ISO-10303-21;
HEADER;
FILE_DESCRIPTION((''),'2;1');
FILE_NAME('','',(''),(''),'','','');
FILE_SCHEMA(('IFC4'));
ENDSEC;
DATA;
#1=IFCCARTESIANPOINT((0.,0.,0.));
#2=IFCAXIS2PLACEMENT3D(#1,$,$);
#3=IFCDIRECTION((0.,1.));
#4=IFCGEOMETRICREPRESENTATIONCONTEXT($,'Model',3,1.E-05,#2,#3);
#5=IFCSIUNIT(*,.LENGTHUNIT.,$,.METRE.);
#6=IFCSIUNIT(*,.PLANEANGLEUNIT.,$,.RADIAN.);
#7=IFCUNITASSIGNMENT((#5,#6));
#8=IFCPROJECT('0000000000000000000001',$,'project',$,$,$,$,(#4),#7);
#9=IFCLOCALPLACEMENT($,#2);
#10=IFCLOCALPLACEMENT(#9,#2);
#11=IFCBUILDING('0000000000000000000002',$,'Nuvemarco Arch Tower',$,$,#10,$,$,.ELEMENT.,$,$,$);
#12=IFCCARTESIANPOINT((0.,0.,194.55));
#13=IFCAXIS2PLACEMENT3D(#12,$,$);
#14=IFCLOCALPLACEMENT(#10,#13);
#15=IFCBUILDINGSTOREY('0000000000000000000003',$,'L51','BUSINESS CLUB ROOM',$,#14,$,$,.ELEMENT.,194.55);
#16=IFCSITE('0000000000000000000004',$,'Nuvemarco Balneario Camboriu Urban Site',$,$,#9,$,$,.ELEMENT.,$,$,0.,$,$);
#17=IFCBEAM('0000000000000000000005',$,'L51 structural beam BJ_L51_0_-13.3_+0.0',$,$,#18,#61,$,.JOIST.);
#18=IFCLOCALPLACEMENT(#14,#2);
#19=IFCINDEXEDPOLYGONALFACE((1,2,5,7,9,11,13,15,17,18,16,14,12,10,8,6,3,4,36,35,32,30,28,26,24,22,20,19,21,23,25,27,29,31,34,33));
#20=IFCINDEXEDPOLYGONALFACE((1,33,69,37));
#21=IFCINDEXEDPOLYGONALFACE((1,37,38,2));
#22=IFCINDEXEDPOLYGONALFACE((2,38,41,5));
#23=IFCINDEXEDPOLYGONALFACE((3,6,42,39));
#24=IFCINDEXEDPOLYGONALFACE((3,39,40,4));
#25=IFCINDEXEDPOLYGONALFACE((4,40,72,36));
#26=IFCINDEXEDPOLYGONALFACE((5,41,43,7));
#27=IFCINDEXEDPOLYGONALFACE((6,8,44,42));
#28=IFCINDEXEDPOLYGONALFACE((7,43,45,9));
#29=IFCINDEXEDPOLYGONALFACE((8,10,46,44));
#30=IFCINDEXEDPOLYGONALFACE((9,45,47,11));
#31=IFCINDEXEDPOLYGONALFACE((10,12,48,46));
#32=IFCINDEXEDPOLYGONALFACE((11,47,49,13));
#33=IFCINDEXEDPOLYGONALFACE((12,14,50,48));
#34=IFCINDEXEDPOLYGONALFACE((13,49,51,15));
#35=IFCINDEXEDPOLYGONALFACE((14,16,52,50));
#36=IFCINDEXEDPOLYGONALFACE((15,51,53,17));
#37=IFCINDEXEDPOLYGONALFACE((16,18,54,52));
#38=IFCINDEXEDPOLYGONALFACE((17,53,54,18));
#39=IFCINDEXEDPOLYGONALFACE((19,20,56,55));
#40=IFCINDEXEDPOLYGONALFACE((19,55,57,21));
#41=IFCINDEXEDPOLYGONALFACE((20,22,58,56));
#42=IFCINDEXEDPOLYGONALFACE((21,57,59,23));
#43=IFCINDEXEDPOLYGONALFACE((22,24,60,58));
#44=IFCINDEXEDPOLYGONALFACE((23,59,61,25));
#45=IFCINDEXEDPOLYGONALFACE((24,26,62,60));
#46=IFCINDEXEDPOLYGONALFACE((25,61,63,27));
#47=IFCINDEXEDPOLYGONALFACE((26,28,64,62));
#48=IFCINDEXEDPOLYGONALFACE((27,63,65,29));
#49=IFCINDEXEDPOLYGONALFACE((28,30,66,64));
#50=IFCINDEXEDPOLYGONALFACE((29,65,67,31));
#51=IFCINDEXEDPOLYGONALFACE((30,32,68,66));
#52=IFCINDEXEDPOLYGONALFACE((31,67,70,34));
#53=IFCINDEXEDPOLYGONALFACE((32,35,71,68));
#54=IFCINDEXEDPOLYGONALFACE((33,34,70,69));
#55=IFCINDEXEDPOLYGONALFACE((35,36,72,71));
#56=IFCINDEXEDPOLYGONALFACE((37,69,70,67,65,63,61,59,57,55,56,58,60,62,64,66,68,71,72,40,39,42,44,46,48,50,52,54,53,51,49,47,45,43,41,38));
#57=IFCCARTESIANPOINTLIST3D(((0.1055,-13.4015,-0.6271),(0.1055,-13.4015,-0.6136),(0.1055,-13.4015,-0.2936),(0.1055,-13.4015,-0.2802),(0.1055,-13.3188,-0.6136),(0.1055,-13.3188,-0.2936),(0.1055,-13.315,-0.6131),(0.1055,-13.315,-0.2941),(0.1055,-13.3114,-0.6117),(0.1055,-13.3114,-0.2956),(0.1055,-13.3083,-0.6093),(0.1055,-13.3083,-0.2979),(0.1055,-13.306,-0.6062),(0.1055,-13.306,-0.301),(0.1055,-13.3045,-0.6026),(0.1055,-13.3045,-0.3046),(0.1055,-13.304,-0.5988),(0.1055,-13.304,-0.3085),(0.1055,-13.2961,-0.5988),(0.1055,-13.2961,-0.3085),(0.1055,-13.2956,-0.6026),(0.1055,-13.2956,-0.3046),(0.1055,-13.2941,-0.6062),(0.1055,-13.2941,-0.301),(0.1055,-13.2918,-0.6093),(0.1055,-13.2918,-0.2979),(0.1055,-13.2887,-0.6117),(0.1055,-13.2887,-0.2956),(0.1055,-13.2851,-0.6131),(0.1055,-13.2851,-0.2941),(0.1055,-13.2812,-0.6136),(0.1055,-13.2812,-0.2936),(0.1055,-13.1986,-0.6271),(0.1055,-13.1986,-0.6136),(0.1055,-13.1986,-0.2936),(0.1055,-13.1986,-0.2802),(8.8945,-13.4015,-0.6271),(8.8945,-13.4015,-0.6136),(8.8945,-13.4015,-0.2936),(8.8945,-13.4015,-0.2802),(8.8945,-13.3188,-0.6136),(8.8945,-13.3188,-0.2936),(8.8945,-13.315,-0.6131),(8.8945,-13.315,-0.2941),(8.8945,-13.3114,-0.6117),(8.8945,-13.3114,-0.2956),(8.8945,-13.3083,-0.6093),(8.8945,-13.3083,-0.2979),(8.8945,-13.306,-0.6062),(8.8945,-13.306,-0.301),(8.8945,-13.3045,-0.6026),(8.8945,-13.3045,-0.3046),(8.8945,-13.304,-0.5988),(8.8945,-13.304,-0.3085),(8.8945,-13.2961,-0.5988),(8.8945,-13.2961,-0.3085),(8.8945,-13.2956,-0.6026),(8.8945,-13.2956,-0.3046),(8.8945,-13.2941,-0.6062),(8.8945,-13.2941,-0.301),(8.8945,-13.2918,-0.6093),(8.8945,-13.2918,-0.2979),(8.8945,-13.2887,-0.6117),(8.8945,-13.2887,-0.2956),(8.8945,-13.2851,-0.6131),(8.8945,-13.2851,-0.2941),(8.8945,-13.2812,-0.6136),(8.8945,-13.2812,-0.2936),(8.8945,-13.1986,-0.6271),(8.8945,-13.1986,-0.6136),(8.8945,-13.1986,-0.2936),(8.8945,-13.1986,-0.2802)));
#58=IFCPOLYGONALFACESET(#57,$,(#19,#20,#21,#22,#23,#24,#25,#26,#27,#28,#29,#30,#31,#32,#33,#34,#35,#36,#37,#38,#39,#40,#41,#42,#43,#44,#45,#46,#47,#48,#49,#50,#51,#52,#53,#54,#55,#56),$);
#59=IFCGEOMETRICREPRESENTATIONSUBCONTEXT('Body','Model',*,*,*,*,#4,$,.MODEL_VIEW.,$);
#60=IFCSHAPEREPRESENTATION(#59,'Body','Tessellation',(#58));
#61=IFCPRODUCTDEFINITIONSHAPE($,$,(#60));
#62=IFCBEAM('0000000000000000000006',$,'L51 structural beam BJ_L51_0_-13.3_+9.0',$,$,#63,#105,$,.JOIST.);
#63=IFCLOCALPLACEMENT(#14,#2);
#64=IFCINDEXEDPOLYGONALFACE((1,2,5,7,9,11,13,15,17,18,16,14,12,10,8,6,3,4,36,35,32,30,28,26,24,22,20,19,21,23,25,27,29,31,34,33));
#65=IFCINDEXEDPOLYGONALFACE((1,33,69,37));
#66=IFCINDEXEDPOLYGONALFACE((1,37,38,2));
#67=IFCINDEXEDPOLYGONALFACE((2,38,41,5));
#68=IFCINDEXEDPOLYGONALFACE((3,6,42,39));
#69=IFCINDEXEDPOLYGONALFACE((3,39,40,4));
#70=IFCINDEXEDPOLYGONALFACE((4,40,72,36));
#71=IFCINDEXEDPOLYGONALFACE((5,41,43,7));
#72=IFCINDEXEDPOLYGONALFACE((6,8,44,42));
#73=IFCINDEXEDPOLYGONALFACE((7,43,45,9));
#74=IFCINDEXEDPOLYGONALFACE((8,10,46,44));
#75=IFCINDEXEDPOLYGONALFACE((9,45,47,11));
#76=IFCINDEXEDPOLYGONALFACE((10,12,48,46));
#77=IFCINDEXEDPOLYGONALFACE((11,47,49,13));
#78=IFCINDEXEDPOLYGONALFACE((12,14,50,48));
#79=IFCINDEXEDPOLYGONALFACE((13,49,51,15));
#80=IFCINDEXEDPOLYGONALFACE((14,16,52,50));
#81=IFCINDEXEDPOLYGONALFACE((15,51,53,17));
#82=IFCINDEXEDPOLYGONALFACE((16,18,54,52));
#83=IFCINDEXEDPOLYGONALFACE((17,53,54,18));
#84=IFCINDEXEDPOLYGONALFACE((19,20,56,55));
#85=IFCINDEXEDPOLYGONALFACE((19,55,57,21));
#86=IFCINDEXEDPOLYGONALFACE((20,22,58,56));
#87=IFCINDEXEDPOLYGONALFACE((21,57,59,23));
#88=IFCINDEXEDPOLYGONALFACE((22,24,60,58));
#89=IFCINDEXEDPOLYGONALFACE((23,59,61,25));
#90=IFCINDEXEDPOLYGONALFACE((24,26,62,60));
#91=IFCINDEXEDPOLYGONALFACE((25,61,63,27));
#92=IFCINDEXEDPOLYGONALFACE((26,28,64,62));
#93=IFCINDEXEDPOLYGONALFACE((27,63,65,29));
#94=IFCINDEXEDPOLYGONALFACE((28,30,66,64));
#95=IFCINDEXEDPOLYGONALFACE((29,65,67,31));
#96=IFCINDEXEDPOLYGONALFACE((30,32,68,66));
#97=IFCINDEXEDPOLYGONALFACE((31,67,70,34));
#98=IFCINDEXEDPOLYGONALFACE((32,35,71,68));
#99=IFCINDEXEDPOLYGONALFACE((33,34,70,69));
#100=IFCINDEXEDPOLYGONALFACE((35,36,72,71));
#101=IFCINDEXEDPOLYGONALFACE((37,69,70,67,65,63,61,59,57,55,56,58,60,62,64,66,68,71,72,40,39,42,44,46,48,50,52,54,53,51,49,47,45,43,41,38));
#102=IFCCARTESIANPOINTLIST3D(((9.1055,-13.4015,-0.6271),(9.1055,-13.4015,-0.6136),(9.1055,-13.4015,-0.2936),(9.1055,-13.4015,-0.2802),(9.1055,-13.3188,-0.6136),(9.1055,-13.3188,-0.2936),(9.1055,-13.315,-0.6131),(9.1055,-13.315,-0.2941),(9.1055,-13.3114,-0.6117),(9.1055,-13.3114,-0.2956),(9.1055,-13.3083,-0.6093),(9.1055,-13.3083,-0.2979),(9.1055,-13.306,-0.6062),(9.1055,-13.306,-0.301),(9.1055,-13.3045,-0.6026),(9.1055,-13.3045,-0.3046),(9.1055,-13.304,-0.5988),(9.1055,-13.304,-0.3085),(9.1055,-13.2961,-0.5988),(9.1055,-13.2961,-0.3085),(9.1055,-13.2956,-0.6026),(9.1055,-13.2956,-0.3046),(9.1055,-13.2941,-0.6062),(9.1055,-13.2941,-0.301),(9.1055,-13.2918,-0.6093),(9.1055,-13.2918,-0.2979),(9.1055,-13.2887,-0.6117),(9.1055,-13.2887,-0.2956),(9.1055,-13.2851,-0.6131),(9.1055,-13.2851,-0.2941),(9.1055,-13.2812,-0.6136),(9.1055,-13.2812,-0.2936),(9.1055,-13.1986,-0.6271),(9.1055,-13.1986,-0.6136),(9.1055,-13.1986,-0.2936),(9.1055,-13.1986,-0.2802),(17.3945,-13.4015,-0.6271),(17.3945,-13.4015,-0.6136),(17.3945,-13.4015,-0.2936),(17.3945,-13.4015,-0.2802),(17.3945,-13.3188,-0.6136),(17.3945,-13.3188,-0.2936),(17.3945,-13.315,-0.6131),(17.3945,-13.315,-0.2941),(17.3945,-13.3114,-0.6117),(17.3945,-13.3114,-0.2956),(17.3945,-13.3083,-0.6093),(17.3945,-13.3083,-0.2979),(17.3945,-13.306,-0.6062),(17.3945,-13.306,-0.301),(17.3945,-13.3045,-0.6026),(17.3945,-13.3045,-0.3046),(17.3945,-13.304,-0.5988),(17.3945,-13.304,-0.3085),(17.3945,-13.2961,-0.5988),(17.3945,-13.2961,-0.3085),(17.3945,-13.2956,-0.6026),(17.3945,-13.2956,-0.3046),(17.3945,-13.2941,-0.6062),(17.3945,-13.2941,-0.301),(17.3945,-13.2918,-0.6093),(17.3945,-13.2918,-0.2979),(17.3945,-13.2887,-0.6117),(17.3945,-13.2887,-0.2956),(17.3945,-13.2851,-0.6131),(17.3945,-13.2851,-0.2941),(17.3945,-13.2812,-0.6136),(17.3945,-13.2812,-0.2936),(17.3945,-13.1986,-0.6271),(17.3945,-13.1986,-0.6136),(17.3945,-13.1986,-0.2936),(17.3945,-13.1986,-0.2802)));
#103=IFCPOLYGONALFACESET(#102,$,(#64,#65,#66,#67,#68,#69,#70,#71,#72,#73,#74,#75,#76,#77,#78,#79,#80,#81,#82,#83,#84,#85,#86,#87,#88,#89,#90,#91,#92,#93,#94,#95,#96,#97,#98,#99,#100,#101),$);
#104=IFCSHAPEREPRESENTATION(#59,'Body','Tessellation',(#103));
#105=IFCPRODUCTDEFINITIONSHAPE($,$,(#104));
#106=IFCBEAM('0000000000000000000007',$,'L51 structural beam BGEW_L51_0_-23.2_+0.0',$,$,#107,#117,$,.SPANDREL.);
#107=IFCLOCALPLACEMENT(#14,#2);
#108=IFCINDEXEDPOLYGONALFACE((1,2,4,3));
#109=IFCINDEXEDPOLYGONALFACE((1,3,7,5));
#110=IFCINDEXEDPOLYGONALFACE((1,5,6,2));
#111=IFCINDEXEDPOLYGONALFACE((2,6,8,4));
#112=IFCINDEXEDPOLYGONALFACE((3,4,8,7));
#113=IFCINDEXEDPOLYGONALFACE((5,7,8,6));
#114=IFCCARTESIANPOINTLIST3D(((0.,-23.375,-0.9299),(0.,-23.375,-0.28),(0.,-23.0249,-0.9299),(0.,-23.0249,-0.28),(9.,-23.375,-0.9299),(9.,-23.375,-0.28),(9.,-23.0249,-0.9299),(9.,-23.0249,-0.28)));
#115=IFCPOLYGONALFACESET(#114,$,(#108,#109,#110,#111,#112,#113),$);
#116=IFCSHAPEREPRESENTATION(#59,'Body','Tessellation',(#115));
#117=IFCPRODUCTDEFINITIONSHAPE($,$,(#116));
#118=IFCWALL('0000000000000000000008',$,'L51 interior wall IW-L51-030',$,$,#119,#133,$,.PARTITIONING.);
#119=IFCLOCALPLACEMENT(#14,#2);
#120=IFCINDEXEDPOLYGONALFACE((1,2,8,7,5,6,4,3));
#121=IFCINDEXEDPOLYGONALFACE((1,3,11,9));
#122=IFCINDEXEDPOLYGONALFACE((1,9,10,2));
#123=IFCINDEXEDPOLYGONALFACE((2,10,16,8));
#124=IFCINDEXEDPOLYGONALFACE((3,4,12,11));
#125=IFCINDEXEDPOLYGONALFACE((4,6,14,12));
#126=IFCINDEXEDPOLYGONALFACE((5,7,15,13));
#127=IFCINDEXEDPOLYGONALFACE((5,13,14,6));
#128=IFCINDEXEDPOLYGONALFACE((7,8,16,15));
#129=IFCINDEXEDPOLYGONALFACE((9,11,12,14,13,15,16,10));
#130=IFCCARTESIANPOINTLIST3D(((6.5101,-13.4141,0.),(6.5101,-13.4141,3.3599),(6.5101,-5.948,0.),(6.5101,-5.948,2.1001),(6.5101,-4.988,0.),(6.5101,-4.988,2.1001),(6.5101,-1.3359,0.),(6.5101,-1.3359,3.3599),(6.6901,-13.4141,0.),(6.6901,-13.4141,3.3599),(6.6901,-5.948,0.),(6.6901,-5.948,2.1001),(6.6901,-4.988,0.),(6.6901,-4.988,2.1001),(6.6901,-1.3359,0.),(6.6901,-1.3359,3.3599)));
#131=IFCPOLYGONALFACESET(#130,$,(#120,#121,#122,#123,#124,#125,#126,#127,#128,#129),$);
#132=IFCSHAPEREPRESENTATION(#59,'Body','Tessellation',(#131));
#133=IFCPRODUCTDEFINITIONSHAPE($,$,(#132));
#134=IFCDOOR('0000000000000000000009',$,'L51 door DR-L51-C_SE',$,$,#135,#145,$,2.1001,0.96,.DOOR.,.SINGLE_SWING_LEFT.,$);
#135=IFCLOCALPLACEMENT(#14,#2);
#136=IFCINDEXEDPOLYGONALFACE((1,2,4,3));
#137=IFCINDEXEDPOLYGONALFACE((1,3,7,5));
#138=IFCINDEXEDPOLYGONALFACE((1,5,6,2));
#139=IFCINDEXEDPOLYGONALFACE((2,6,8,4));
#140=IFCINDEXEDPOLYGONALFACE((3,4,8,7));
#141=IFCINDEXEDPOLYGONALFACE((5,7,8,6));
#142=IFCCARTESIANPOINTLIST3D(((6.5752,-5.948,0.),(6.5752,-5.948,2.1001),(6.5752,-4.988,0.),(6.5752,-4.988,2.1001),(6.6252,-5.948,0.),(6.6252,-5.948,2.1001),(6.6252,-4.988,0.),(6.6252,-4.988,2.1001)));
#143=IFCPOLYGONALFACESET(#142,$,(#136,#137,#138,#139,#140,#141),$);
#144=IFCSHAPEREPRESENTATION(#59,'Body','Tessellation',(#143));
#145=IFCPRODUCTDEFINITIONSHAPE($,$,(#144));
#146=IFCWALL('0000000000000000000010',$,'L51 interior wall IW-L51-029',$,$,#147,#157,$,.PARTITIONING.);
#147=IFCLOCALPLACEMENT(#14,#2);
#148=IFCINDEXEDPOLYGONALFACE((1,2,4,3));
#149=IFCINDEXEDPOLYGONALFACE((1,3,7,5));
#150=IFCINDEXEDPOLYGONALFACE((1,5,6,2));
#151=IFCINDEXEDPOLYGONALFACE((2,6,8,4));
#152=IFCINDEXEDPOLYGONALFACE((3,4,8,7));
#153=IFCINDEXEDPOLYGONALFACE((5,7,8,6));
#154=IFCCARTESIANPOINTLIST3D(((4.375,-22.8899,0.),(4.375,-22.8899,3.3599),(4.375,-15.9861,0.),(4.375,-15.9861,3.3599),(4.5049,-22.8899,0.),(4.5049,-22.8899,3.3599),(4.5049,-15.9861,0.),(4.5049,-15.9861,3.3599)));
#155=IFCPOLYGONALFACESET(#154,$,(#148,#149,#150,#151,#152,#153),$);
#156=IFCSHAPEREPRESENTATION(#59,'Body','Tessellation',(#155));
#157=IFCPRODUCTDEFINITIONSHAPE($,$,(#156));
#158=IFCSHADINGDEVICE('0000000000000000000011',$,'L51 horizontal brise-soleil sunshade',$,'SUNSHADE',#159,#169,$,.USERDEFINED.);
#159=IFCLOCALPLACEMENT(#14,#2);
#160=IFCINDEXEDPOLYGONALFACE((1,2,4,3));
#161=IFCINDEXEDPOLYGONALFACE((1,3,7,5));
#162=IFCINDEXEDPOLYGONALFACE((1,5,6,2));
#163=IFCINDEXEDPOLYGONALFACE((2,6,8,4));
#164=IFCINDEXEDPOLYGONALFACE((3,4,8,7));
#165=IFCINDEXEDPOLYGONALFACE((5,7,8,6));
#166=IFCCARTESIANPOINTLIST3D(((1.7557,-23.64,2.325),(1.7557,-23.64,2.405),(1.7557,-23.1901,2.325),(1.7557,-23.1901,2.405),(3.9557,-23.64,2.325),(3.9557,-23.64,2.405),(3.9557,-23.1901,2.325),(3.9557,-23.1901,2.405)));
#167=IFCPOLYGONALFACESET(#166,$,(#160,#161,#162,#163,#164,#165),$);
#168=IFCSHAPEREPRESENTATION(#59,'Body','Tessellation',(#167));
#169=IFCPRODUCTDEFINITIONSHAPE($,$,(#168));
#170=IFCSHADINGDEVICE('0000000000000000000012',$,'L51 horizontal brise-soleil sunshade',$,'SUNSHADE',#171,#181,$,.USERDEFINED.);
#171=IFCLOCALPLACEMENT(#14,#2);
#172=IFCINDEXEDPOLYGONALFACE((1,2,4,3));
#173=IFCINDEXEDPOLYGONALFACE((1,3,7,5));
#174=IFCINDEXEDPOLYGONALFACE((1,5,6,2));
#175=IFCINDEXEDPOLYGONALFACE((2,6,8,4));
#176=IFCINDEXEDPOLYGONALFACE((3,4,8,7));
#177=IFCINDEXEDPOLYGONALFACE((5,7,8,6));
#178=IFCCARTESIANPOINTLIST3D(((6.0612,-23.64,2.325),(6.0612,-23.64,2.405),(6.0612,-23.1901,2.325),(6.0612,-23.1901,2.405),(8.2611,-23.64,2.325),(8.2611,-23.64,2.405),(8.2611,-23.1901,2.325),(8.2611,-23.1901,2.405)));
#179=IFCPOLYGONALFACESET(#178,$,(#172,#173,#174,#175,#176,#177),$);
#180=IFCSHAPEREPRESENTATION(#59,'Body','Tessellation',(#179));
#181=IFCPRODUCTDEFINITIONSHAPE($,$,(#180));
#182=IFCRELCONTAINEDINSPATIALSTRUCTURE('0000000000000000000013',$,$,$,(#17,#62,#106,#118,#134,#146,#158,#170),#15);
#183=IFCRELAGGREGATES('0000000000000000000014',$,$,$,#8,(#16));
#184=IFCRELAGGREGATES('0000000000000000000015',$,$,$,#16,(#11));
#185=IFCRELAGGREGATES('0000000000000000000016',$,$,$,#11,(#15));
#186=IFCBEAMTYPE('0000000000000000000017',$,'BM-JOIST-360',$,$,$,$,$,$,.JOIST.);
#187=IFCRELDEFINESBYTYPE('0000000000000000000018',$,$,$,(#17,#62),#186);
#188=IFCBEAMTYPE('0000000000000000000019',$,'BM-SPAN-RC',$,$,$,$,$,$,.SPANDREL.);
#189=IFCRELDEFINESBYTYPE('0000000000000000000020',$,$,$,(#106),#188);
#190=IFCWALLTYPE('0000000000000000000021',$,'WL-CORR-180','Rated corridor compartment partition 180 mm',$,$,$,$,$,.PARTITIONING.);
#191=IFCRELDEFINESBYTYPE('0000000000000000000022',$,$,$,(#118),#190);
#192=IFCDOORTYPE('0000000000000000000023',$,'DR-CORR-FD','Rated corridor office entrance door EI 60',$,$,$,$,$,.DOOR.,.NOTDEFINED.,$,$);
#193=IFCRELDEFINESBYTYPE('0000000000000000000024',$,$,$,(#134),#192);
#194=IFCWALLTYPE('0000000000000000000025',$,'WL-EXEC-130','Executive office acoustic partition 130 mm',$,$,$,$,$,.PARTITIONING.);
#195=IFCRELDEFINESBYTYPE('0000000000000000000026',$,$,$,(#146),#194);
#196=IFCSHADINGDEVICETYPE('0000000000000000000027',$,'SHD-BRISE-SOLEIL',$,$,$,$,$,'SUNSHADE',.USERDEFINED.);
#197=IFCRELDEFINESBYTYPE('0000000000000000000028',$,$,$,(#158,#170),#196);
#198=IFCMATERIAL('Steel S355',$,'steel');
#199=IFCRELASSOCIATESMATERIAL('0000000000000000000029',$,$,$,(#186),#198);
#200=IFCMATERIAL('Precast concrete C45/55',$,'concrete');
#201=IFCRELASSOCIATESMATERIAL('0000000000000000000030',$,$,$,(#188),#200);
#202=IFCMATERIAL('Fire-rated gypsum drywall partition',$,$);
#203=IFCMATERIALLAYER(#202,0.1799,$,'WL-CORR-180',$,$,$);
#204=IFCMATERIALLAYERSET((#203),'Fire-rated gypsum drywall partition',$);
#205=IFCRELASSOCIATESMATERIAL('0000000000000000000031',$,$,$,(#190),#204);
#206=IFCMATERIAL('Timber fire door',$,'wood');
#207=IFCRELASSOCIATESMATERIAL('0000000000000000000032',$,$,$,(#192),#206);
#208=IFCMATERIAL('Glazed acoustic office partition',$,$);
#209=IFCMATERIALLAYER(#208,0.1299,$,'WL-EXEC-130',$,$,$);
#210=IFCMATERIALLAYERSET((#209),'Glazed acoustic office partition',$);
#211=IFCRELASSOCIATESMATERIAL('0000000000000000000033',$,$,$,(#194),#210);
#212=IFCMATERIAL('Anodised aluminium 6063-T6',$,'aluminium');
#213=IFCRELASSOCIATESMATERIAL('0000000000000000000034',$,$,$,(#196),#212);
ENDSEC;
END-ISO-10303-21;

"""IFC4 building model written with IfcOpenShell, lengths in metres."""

from ifc_helpers import new_model, si_unit, direction, frame, frame_2d, origin, origin_2d, place, context, subcontext, project, spatial, rectangle, i_section, extrude, source, transform, mapped, material, layer, layer_set, material_profile, profile_set, type_object, type_shapes, element, fill, save


model = new_model("IFC4")

# Units and contexts
model_context = context("Model", 3, precision=1e-05, world=origin(), true_north=direction((0.0, 1.0)))
body_context = subcontext(model_context, "Body", "Model", "MODEL_VIEW")
ifc_project = project(units=[si_unit("LENGTHUNIT", "METRE"), si_unit("PLANEANGLEUNIT", "RADIAN")], contexts=[model_context])

# Site, building, storey
site_placement = place(None, origin())
site = spatial("IfcSite", under=ifc_project, at=site_placement, Name="Nuvemarco Balneario Camboriu Urban Site", CompositionType="ELEMENT", RefElevation=0.0)
building_placement = place(site_placement, origin())
building = spatial("IfcBuilding", under=site, at=building_placement, Name="Nuvemarco Arch Tower", CompositionType="ELEMENT")
storey_placement = place(building_placement, frame((0.0, 0.0, 194.55)))
storey = spatial("IfcBuildingStorey", under=building, at=storey_placement, Name="L51", Description="BUSINESS CLUB ROOM", CompositionType="ELEMENT", Elevation=194.55)

# Shared definitions
ifc_material_1 = material(Name="Steel S355", Category="steel")

# Beams
ifc_material_profile_1 = material_profile(ifc_material_1, i_section(OverallWidth=0.2029, OverallDepth=0.3469, WebThickness=0.0078, FlangeThickness=0.0134, FilletRadius=0.0149, at=origin_2d()), Name="W360x64")
ifc_profile_set_1 = profile_set([ifc_material_profile_1], Name="Steel S355")
beam_type_1 = type_object("IfcBeamType", Name="BM-JOIST-360", PredefinedType="JOIST", material=ifc_profile_set_1)
beam_1_placement = place(storey_placement, frame((0.1055, -13.3, -0.4536), z_axis=(1.0, 0.0, 0.0), x_axis=(0.0, 1.0, 0.0)))
element("IfcBeam", 1, at=beam_1_placement, inside=storey, type_object=beam_type_1, Name="L51 structural beam BJ_L51_0_-13.3_+0.0", PredefinedType="JOIST", context=body_context, shape_type="SweptSolid", body=[
    extrude(i_section(OverallWidth=0.2029, OverallDepth=0.3469, WebThickness=0.0078, FlangeThickness=0.0134, FilletRadius=0.0149, at=origin_2d()), origin(), (0.0, 0.0, 1.0), 8.7891),
])
beam_2_placement = place(storey_placement, frame((9.1055, -13.3, -0.4536), z_axis=(1.0, 0.0, 0.0), x_axis=(0.0, 1.0, 0.0)))
element("IfcBeam", 2, at=beam_2_placement, inside=storey, type_object=beam_type_1, Name="L51 structural beam BJ_L51_0_-13.3_+9.0", PredefinedType="JOIST", context=body_context, shape_type="SweptSolid", body=[
    extrude(i_section(OverallWidth=0.2029, OverallDepth=0.3469, WebThickness=0.0078, FlangeThickness=0.0134, FilletRadius=0.0149, at=origin_2d()), origin(), (0.0, 0.0, 1.0), 8.2891),
])
ifc_material_2 = material(Name="Precast concrete C45/55", Category="concrete")
ifc_material_profile_2 = material_profile(ifc_material_2, rectangle(XDim=0.3501, YDim=0.6499, at=origin_2d()), Name="PC-SP-350x650")
ifc_profile_set_2 = profile_set([ifc_material_profile_2], Name="Precast concrete C45/55")
beam_type_2 = type_object("IfcBeamType", Name="BM-SPAN-RC", PredefinedType="SPANDREL", material=ifc_profile_set_2)
beam_3_placement = place(storey_placement, frame((0.0, -23.2, -0.605), z_axis=(1.0, 0.0, 0.0), x_axis=(0.0, 1.0, 0.0)))
element("IfcBeam", 3, at=beam_3_placement, inside=storey, type_object=beam_type_2, Name="L51 structural beam BGEW_L51_0_-23.2_+0.0", PredefinedType="SPANDREL", context=body_context, shape_type="SweptSolid", body=[
    extrude(rectangle(XDim=0.3501, YDim=0.6499, at=origin_2d()), origin(), (0.0, 0.0, 1.0), 9.0),
])

# Wall, opening, door
ifc_material_3 = material(Name="Fire-rated gypsum drywall partition")
ifc_layer_1 = layer(ifc_material_3, 0.1799, Name="WL-CORR-180")
ifc_layer_set_1 = layer_set([ifc_layer_1], Name="Fire-rated gypsum drywall partition")
wall_type_1 = type_object("IfcWallType", Name="WL-CORR-180", Description="Rated corridor compartment partition 180 mm", PredefinedType="PARTITIONING", material=ifc_layer_set_1)
wall_1_placement = place(storey_placement, frame((6.6001, -13.4141, 0.0), z_axis=(0.0, 0.0, 1.0), x_axis=(0.0, 1.0, 0.0)))
wall_1 = element("IfcWall", 4, at=wall_1_placement, inside=storey, type_object=wall_type_1, Name="L51 interior wall IW-L51-030", PredefinedType="PARTITIONING", context=body_context, shape_type="SweptSolid", body=[
    extrude(rectangle(XDim=12.0781, YDim=0.1799, at=frame_2d((6.0391, 0.0))), origin(), (0.0, 0.0, 1.0), 3.3599),
])
opening_placement = place(wall_1_placement, frame((7.4661, 0.0, 0.0)))
opening = element("IfcOpeningElement", 5, at=opening_placement, cuts=wall_1, PredefinedType="OPENING", context=body_context, shape_type="SweptSolid", body=[
    extrude(rectangle(XDim=0.96, YDim=2.1001, at=frame_2d((0.48, 1.05))), frame((0.0, 0.0999, 0.0), z_axis=(0.0, -1.0, 0.0), x_axis=(1.0, 0.0, 0.0)), (0.0, 0.0, 1.0), 0.2),
])
ifc_material_4 = material(Name="Timber fire door", Category="wood")
door_type = type_object("IfcDoorType", Name="DR-CORR-FD", Description="Rated corridor office entrance door EI 60", OperationType="NOTDEFINED", PredefinedType="DOOR", material=ifc_material_4)
shared_shape_1 = source(origin(), body_context, "Body", "SweptSolid", [
    extrude(rectangle(XDim=0.96, YDim=2.1001, at=frame_2d((0.48, 1.05))), frame((0.0, 0.0249, 0.0), z_axis=(0.0, -1.0, 0.0), x_axis=(1.0, 0.0, 0.0)), (0.0, 0.0, 1.0), 0.05),
])
type_shapes(door_type, [shared_shape_1])
door_placement = place(opening_placement, origin())
door = element("IfcDoor", 6, at=door_placement, inside=storey, type_object=door_type, Name="L51 door DR-L51-C_SE", OperationType="SINGLE_SWING_LEFT", OverallHeight=2.1001, OverallWidth=0.96, PredefinedType="DOOR", context=body_context, shape_type="MappedRepresentation", body=[
    mapped(shared_shape_1, transform((0.0, 0.0, 0.0), scale=1.0)),
])
fill(opening, door)

# Wall
ifc_material_5 = material(Name="Glazed acoustic office partition")
ifc_layer_2 = layer(ifc_material_5, 0.1299, Name="WL-EXEC-130")
ifc_layer_set_2 = layer_set([ifc_layer_2], Name="Glazed acoustic office partition")
wall_type_2 = type_object("IfcWallType", Name="WL-EXEC-130", Description="Executive office acoustic partition 130 mm", PredefinedType="PARTITIONING", material=ifc_layer_set_2)
wall_2_placement = place(storey_placement, frame((4.4399, -22.8899, 0.0), z_axis=(0.0, 0.0, 1.0), x_axis=(0.0, 1.0, 0.0)))
element("IfcWall", 7, at=wall_2_placement, inside=storey, type_object=wall_type_2, Name="L51 interior wall IW-L51-029", PredefinedType="PARTITIONING", context=body_context, shape_type="SweptSolid", body=[
    extrude(rectangle(XDim=6.9038, YDim=0.1299, at=frame_2d((3.4519, 0.0))), origin(), (0.0, 0.0, 1.0), 3.3599),
])

# Shading devices
ifc_material_6 = material(Name="Anodised aluminium 6063-T6", Category="aluminium")
shading_device_type = type_object("IfcShadingDeviceType", Name="SHD-BRISE-SOLEIL", ElementType="SUNSHADE", PredefinedType="USERDEFINED", material=ifc_material_6)
shared_shape_2 = source(origin(), body_context, "Body", "SweptSolid", [
    extrude(rectangle(XDim=2.2, YDim=0.45, at=origin_2d()), origin(), (0.0, 0.0, 1.0), 0.0801),
])
type_shapes(shading_device_type, [shared_shape_2])
for number, where, z_axis, x_axis, name in (
    (8, (2.8557, -23.415, 2.325), (0.0, 0.0, 1.0), (1.0, 0.0, 0.0), "L51 horizontal brise-soleil sunshade"),
    (9, (7.1611, -23.415, 2.325), (0.0, 0.0, 1.0), (1.0, 0.0, 0.0), "L51 horizontal brise-soleil sunshade"),
):
    element("IfcShadingDevice", number, at=place(storey_placement, frame(where, z_axis=z_axis, x_axis=x_axis)), inside=storey, type_object=shading_device_type, Name=name, ObjectType="SUNSHADE", PredefinedType="USERDEFINED", context=body_context, shape_type="MappedRepresentation", body=[
        mapped(shared_shape_2, transform((0.0, 0.0, 0.0), scale=1.0)),
    ])

save(model, "model.ifc")
